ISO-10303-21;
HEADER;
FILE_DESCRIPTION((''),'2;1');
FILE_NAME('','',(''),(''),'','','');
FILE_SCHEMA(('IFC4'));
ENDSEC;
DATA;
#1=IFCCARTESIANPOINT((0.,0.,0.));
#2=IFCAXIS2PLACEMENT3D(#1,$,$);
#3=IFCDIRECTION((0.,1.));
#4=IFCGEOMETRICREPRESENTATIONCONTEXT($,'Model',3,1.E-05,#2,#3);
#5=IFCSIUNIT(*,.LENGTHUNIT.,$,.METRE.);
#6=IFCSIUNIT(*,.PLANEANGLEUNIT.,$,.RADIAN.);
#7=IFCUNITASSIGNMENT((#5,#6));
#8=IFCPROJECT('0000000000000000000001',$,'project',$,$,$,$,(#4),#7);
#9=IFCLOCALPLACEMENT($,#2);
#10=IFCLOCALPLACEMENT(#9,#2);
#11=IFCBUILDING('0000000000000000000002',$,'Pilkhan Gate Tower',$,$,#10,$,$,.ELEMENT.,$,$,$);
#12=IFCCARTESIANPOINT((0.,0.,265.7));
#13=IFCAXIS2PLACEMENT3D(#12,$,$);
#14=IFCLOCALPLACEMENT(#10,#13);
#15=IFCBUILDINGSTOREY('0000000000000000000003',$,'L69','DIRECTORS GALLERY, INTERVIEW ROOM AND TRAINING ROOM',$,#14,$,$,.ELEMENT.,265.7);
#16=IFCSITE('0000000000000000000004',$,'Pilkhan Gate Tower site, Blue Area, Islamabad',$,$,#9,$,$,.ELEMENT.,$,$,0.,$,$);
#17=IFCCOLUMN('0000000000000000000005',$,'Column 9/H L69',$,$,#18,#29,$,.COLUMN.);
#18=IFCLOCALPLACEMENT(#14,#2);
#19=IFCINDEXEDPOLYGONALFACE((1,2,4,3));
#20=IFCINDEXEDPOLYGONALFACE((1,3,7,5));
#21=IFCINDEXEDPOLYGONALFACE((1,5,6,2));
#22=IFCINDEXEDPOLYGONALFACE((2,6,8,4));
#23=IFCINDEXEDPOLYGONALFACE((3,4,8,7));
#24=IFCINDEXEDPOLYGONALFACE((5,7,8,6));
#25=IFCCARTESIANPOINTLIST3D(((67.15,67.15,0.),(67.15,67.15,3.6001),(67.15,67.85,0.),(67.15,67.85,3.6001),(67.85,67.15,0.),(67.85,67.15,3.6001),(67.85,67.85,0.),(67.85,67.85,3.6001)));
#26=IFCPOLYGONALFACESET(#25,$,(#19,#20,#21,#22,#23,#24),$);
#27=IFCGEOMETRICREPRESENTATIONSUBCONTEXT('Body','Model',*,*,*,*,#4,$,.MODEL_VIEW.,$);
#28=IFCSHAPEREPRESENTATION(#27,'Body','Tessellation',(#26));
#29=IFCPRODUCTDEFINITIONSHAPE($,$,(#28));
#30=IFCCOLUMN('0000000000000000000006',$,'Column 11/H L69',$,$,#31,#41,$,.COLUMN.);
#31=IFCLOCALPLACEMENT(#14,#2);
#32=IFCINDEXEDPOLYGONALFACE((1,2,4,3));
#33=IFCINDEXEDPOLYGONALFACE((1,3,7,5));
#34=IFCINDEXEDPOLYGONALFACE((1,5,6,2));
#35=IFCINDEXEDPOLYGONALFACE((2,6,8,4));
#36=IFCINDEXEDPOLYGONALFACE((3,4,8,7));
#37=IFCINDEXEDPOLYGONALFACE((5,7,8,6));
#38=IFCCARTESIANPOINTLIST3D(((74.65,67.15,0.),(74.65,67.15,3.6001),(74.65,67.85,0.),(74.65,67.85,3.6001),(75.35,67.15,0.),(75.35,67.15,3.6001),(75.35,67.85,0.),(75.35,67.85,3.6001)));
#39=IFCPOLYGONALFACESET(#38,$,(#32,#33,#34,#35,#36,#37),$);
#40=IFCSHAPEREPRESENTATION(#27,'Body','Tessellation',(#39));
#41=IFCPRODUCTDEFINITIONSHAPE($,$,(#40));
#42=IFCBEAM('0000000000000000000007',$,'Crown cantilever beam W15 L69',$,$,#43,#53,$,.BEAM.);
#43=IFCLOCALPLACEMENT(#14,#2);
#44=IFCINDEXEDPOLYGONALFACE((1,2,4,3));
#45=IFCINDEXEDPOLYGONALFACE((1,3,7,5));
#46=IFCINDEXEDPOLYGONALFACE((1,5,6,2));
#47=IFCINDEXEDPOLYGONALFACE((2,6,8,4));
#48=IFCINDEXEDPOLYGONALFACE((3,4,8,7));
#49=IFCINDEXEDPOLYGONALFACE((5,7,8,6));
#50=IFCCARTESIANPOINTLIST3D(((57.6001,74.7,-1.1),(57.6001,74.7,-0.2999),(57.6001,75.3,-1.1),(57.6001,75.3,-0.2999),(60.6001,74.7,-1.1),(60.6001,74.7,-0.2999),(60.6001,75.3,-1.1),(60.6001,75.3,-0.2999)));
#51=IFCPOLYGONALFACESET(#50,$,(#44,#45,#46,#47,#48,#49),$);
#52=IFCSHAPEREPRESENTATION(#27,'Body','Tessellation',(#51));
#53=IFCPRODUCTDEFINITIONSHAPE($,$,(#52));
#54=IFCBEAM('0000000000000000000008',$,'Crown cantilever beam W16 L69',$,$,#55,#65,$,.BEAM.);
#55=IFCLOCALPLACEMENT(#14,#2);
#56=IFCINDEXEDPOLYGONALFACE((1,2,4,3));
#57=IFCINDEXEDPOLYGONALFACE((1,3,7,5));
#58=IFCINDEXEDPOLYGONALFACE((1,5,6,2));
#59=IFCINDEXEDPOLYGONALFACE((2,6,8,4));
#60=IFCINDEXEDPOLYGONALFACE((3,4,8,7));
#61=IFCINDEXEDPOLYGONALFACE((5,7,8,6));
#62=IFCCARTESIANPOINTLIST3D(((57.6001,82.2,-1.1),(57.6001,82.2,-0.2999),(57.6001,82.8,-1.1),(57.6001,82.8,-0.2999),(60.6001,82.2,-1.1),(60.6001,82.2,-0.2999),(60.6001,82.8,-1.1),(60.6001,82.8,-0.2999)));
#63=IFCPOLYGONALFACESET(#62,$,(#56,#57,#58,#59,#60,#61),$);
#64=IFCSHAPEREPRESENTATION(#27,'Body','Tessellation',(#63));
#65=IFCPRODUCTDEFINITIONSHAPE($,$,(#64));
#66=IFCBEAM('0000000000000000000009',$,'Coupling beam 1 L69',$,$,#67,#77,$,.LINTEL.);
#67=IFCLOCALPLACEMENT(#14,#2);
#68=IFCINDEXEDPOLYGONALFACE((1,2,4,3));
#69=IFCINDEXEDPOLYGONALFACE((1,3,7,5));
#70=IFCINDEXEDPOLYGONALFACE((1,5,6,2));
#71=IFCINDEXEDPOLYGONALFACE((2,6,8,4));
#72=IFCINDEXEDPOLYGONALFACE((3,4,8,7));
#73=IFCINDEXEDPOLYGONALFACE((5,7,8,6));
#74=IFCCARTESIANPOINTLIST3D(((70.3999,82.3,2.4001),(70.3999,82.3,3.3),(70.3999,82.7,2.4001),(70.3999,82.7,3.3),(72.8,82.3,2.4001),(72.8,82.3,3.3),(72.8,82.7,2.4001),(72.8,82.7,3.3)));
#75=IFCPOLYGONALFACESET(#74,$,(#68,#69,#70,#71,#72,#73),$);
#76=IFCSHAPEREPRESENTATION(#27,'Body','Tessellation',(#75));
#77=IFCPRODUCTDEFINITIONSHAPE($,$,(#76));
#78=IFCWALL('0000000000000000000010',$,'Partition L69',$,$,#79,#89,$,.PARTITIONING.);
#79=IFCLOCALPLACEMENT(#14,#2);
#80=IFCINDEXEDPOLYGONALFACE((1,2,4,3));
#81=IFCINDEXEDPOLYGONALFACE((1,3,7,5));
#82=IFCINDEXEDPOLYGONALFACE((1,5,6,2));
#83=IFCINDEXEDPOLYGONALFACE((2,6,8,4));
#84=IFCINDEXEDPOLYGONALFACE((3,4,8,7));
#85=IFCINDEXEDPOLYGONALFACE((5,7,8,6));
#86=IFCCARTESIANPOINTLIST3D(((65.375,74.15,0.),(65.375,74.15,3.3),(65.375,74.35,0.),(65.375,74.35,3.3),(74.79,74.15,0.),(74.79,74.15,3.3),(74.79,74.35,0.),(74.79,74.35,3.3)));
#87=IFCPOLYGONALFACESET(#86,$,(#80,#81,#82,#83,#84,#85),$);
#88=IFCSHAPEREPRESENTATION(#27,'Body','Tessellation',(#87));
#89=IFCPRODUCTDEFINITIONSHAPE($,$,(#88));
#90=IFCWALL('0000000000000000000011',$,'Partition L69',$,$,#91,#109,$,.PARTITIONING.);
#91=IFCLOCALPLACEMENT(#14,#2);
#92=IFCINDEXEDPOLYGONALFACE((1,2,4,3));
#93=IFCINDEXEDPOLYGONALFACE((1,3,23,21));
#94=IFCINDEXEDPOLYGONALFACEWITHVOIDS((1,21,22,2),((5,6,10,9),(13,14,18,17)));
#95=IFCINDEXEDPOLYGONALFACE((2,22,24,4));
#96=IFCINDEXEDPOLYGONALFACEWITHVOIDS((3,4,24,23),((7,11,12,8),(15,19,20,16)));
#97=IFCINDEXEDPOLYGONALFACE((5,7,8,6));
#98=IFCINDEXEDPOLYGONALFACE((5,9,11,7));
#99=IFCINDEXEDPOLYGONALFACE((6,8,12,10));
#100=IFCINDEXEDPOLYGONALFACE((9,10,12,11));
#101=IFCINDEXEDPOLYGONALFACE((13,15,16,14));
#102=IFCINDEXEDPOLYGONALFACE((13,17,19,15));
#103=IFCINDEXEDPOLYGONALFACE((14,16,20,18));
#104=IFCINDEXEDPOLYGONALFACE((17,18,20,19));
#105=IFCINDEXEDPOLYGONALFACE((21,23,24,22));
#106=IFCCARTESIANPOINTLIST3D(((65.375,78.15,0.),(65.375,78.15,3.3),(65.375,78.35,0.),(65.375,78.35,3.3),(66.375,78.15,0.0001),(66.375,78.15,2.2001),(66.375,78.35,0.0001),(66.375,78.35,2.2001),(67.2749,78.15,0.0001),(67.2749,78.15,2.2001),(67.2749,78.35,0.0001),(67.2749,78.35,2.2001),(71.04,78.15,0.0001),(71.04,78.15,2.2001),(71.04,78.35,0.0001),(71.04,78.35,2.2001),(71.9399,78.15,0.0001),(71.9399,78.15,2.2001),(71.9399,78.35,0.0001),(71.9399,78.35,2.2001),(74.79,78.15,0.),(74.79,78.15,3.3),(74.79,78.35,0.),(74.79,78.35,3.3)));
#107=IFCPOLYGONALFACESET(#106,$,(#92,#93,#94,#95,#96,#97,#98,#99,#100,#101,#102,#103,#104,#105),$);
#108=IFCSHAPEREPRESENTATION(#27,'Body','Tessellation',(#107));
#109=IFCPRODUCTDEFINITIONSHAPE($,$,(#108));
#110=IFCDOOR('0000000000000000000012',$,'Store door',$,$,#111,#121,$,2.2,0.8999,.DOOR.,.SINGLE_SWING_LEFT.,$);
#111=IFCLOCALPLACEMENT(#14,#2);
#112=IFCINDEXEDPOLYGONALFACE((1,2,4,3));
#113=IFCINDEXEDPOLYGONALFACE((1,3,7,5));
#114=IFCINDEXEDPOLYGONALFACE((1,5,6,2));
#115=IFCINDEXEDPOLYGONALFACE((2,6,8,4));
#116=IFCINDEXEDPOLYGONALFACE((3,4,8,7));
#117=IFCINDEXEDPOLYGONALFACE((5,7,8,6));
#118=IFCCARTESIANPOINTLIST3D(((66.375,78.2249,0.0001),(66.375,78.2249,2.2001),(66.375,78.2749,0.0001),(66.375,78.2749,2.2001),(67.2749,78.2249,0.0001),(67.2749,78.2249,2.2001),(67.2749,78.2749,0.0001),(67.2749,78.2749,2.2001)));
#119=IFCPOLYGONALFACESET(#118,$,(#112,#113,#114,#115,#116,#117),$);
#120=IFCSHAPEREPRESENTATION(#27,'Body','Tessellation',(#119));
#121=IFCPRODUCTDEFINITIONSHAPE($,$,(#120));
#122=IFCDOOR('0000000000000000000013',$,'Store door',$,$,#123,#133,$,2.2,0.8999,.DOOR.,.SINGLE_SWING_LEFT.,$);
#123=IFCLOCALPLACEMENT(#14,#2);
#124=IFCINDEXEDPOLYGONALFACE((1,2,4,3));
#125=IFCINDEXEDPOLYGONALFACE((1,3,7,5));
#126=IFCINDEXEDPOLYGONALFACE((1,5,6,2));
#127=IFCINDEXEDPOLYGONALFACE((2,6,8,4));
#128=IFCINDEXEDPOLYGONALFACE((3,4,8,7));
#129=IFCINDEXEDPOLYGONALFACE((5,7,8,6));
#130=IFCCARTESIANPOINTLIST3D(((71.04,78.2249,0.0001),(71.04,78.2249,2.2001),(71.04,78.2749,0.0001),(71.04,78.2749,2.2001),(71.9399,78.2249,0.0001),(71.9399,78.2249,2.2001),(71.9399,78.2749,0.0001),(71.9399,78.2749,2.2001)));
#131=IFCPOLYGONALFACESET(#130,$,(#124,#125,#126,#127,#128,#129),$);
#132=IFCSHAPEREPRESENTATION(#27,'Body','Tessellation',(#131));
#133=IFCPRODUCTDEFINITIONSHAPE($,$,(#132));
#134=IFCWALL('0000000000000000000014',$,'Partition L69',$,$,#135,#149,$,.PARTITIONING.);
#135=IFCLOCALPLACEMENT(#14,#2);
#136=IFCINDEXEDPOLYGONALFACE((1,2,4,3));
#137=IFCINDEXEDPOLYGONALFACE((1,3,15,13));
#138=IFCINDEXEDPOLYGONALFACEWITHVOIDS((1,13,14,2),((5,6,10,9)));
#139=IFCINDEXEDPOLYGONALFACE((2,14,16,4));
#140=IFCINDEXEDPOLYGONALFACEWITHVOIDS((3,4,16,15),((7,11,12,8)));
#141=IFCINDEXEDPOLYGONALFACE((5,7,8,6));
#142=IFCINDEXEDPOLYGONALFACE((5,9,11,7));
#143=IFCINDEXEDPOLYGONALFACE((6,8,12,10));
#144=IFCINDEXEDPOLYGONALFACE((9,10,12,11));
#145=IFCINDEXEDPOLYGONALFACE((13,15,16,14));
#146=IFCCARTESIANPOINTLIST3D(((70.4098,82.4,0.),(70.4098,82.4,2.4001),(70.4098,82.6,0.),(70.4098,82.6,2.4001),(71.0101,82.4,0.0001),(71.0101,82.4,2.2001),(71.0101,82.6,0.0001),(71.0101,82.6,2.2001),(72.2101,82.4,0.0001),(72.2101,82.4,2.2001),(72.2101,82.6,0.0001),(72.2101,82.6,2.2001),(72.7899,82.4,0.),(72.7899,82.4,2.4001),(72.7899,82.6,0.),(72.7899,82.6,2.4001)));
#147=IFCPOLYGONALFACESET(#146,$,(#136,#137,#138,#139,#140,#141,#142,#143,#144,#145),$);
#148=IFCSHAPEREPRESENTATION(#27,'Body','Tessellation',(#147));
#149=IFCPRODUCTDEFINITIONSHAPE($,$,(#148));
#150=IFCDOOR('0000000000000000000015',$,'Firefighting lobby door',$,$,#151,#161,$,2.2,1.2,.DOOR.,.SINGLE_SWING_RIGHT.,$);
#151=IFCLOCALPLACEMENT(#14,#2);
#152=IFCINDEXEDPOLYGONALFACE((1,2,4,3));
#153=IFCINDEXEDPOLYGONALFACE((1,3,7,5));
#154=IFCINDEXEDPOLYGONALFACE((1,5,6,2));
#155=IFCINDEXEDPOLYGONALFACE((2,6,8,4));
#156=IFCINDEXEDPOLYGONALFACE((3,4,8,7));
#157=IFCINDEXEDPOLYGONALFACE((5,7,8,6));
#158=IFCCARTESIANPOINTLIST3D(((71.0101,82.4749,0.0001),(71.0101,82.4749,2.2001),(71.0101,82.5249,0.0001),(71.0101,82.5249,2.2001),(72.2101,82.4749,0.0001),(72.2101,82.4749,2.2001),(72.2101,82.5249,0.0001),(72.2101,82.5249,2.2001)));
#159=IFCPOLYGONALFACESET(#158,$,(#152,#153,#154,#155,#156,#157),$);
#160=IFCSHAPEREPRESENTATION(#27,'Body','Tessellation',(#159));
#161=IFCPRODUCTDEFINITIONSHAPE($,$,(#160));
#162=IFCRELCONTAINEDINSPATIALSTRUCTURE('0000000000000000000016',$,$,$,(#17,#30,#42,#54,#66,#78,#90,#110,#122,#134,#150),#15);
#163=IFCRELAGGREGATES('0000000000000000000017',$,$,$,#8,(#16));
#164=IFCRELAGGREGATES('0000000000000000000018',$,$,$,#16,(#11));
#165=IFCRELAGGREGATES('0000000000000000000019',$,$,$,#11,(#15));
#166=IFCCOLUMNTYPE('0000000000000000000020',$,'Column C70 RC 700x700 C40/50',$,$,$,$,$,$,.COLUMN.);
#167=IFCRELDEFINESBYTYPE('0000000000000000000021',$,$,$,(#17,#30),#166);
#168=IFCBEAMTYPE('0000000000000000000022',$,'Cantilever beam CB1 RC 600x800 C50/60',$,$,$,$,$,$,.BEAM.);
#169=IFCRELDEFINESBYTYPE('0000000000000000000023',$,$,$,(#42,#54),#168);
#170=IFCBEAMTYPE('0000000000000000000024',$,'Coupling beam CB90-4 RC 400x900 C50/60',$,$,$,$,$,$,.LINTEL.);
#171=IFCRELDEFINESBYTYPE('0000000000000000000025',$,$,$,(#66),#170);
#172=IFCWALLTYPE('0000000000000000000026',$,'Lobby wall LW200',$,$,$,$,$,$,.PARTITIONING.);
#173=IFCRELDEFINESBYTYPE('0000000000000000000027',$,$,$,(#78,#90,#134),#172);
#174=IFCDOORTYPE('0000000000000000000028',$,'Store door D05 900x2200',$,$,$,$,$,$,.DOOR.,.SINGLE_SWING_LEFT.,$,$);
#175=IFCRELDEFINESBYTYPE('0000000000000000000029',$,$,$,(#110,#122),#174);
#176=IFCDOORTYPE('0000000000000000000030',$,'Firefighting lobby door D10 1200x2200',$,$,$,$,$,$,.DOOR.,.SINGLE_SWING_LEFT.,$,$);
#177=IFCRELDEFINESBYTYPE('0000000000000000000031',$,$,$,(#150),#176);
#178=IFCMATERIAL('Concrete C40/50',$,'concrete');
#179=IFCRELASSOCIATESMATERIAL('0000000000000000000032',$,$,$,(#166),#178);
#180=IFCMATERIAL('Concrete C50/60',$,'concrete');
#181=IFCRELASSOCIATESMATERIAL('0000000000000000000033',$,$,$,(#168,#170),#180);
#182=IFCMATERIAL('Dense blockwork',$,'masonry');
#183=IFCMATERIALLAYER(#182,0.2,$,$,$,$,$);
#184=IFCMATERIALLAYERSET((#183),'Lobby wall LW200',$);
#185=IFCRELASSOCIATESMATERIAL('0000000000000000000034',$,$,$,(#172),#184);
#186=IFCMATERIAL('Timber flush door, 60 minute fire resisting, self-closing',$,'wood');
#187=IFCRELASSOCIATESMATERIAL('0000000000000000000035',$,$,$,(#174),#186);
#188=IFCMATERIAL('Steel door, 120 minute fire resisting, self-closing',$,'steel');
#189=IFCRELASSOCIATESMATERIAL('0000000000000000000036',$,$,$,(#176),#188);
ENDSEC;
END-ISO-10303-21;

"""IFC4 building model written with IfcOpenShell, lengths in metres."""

from ifc_helpers import new_model, si_unit, direction, frame, frame_2d, origin, origin_2d, place, context, subcontext, project, spatial, rectangle, extrude, material, layer, layer_set, material_profile, profile_set, type_object, element, fill, save


model = new_model("IFC4")

# Units and contexts
model_context = context("Model", 3, precision=1e-05, world=origin(), true_north=direction((0.0, 1.0)))
body_context = subcontext(model_context, "Body", "Model", "MODEL_VIEW")
ifc_project = project(units=[si_unit("LENGTHUNIT", "METRE"), si_unit("PLANEANGLEUNIT", "RADIAN")], contexts=[model_context])

# Site, building, storey
site_placement = place(None, origin())
site = spatial("IfcSite", under=ifc_project, at=site_placement, Name="Pilkhan Gate Tower site, Blue Area, Islamabad", CompositionType="ELEMENT", RefElevation=0.0)
building_placement = place(site_placement, origin())
building = spatial("IfcBuilding", under=site, at=building_placement, Name="Pilkhan Gate Tower", CompositionType="ELEMENT")
storey_placement = place(building_placement, frame((0.0, 0.0, 265.7)))
storey = spatial("IfcBuildingStorey", under=building, at=storey_placement, Name="L69", Description="DIRECTORS GALLERY, INTERVIEW ROOM AND TRAINING ROOM", CompositionType="ELEMENT", Elevation=265.7)

# Columns
ifc_material_1 = material(Name="Concrete C40/50", Category="concrete")
ifc_material_profile_1 = material_profile(ifc_material_1, rectangle(XDim=0.7, YDim=0.7, at=origin_2d()), Name="RC 700x700")
ifc_profile_set_1 = profile_set([ifc_material_profile_1], Name="Concrete C40/50")
column_type = type_object("IfcColumnType", Name="Column C70 RC 700x700 C40/50", PredefinedType="COLUMN", material=ifc_profile_set_1)
for number, where, z_axis, x_axis, name in (
    (1, (67.5, 67.5, 0.0), (0.0, 0.0, 1.0), (1.0, 0.0, 0.0), "Column 9/H L69"),
    (2, (75.0, 67.5, 0.0), (0.0, 0.0, 1.0), (1.0, 0.0, 0.0), "Column 11/H L69"),
):
    element("IfcColumn", number, at=place(storey_placement, frame(where, z_axis=z_axis, x_axis=x_axis)), inside=storey, type_object=column_type, Name=name, PredefinedType="COLUMN", context=body_context, shape_type="SweptSolid", body=[
        extrude(rectangle(XDim=0.7, YDim=0.7, at=origin_2d()), origin(), (0.0, 0.0, 1.0), 3.6001),
    ])

# Beams
ifc_material_2 = material(Name="Concrete C50/60", Category="concrete")
ifc_material_profile_2 = material_profile(ifc_material_2, rectangle(XDim=0.6001, YDim=0.8, at=origin_2d()), Name="RC 600x800")
ifc_profile_set_2 = profile_set([ifc_material_profile_2], Name="Concrete C50/60")
beam_type_1 = type_object("IfcBeamType", Name="Cantilever beam CB1 RC 600x800 C50/60", PredefinedType="BEAM", material=ifc_profile_set_2)
for number, where, z_axis, x_axis, name in (
    (3, (60.6001, 75.0, -0.7), (-1.0, 0.0, 0.0), (0.0, -1.0, 0.0), "Crown cantilever beam W15 L69"),
    (4, (60.6001, 82.5, -0.7), (-1.0, 0.0, 0.0), (0.0, -1.0, 0.0), "Crown cantilever beam W16 L69"),
):
    element("IfcBeam", number, at=place(storey_placement, frame(where, z_axis=z_axis, x_axis=x_axis)), inside=storey, type_object=beam_type_1, Name=name, PredefinedType="BEAM", context=body_context, shape_type="SweptSolid", body=[
        extrude(rectangle(XDim=0.6001, YDim=0.8, at=origin_2d()), origin(), (0.0, 0.0, 1.0), 3.0),
    ])
ifc_material_profile_3 = material_profile(ifc_material_2, rectangle(XDim=0.3999, YDim=0.8999, at=origin_2d()), Name="RC 400x900")
ifc_profile_set_3 = profile_set([ifc_material_profile_3], Name="Concrete C50/60")
beam_type_2 = type_object("IfcBeamType", Name="Coupling beam CB90-4 RC 400x900 C50/60", PredefinedType="LINTEL", material=ifc_profile_set_3)
beam_placement = place(storey_placement, frame((70.3999, 82.5, 2.8501), z_axis=(1.0, 0.0, 0.0), x_axis=(0.0, 1.0, 0.0)))
element("IfcBeam", 5, at=beam_placement, inside=storey, type_object=beam_type_2, Name="Coupling beam 1 L69", PredefinedType="LINTEL", context=body_context, shape_type="SweptSolid", body=[
    extrude(rectangle(XDim=0.3999, YDim=0.8999, at=origin_2d()), origin(), (0.0, 0.0, 1.0), 2.4001),
])

# Wall
ifc_material_3 = material(Name="Dense blockwork", Category="masonry")
ifc_layer_1 = layer(ifc_material_3, 0.2)
ifc_layer_set_1 = layer_set([ifc_layer_1], Name="Lobby wall LW200")
wall_type_1 = type_object("IfcWallType", Name="Lobby wall LW200", PredefinedType="PARTITIONING", material=ifc_layer_set_1)
wall_1_placement = place(storey_placement, frame((65.375, 74.25, 0.0), z_axis=(0.0, 0.0, 1.0), x_axis=(1.0, 0.0, 0.0)))
element("IfcWall", 6, at=wall_1_placement, inside=storey, type_object=wall_type_1, Name="Partition L69", PredefinedType="PARTITIONING", context=body_context, shape_type="SweptSolid", body=[
    extrude(rectangle(XDim=9.415, YDim=0.2, at=frame_2d((4.7075, 0.0))), origin(), (0.0, 0.0, 1.0), 3.3),
])

# Wall, openings, doors
wall_2_placement = place(storey_placement, frame((65.375, 78.25, 0.0), z_axis=(0.0, 0.0, 1.0), x_axis=(1.0, 0.0, 0.0)))
wall_2 = element("IfcWall", 7, at=wall_2_placement, inside=storey, type_object=wall_type_1, Name="Partition L69", PredefinedType="PARTITIONING", context=body_context, shape_type="SweptSolid", body=[
    extrude(rectangle(XDim=9.415, YDim=0.2, at=frame_2d((4.7075, 0.0))), origin(), (0.0, 0.0, 1.0), 3.3),
])
opening_1_placement = place(wall_2_placement, frame((1.0, 0.0, 0.0)))
opening_1 = element("IfcOpeningElement", 8, at=opening_1_placement, cuts=wall_2, PredefinedType="OPENING", context=body_context, shape_type="SweptSolid", body=[
    extrude(rectangle(XDim=0.8999, YDim=2.2, at=frame_2d((0.45, 1.1001))), frame((0.0, 0.1099, 0.0), z_axis=(0.0, -1.0, 0.0), x_axis=(1.0, 0.0, 0.0)), (0.0, 0.0, 1.0), 0.22),
])
opening_2_placement = place(wall_2_placement, frame((5.665, 0.0, 0.0)))
opening_2 = element("IfcOpeningElement", 9, at=opening_2_placement, cuts=wall_2, PredefinedType="OPENING", context=body_context, shape_type="SweptSolid", body=[
    extrude(rectangle(XDim=0.8999, YDim=2.2, at=frame_2d((0.45, 1.1001))), frame((0.0, 0.1099, 0.0), z_axis=(0.0, -1.0, 0.0), x_axis=(1.0, 0.0, 0.0)), (0.0, 0.0, 1.0), 0.22),
])
ifc_material_4 = material(Name="Timber flush door, 60 minute fire resisting, self-closing", Category="wood")
door_type_1 = type_object("IfcDoorType", Name="Store door D05 900x2200", OperationType="SINGLE_SWING_LEFT", PredefinedType="DOOR", material=ifc_material_4)
door_1_placement = place(opening_1_placement, origin())
door_1 = element("IfcDoor", 10, at=door_1_placement, inside=storey, type_object=door_type_1, Name="Store door", OperationType="SINGLE_SWING_LEFT", OverallHeight=2.2, OverallWidth=0.8999, PredefinedType="DOOR", context=body_context, shape_type="SweptSolid", body=[
    extrude(rectangle(XDim=0.8999, YDim=2.2, at=frame_2d((0.45, 1.1001))), frame((0.0, 0.0249, 0.0), z_axis=(0.0, -1.0, 0.0), x_axis=(1.0, 0.0, 0.0)), (0.0, 0.0, 1.0), 0.05),
])
fill(opening_1, door_1)
door_2_placement = place(opening_2_placement, origin())
door_2 = element("IfcDoor", 11, at=door_2_placement, inside=storey, type_object=door_type_1, Name="Store door", OperationType="SINGLE_SWING_LEFT", OverallHeight=2.2, OverallWidth=0.8999, PredefinedType="DOOR", context=body_context, shape_type="SweptSolid", body=[
    extrude(rectangle(XDim=0.8999, YDim=2.2, at=frame_2d((0.45, 1.1001))), frame((0.0, 0.0249, 0.0), z_axis=(0.0, -1.0, 0.0), x_axis=(1.0, 0.0, 0.0)), (0.0, 0.0, 1.0), 0.05),
])
fill(opening_2, door_2)

# Wall, opening, door
wall_3_placement = place(storey_placement, frame((70.4099, 82.5, 0.0), z_axis=(0.0, 0.0, 1.0), x_axis=(1.0, 0.0, 0.0)))
wall_3 = element("IfcWall", 12, at=wall_3_placement, inside=storey, type_object=wall_type_1, Name="Partition L69", PredefinedType="PARTITIONING", context=body_context, shape_type="SweptSolid", body=[
    extrude(rectangle(XDim=2.3801, YDim=0.2, at=frame_2d((1.1899, 0.0))), origin(), (0.0, 0.0, 1.0), 2.4001),
])
opening_3_placement = place(wall_3_placement, frame((0.6001, 0.0, 0.0)))
opening_3 = element("IfcOpeningElement", 13, at=opening_3_placement, cuts=wall_3, PredefinedType="OPENING", context=body_context, shape_type="SweptSolid", body=[
    extrude(rectangle(XDim=1.2, YDim=2.2, at=frame_2d((0.6001, 1.1001))), frame((0.0, 0.1099, 0.0), z_axis=(0.0, -1.0, 0.0), x_axis=(1.0, 0.0, 0.0)), (0.0, 0.0, 1.0), 0.22),
])
ifc_material_5 = material(Name="Steel door, 120 minute fire resisting, self-closing", Category="steel")
door_type_2 = type_object("IfcDoorType", Name="Firefighting lobby door D10 1200x2200", OperationType="SINGLE_SWING_LEFT", PredefinedType="DOOR", material=ifc_material_5)
door_3_placement = place(opening_3_placement, origin())
door_3 = element("IfcDoor", 14, at=door_3_placement, inside=storey, type_object=door_type_2, Name="Firefighting lobby door", OperationType="SINGLE_SWING_RIGHT", OverallHeight=2.2, OverallWidth=1.2, PredefinedType="DOOR", context=body_context, shape_type="SweptSolid", body=[
    extrude(rectangle(XDim=1.2, YDim=2.2, at=frame_2d((0.6001, 1.1001))), frame((0.0, 0.0249, 0.0), z_axis=(0.0, -1.0, 0.0), x_axis=(1.0, 0.0, 0.0)), (0.0, 0.0, 1.0), 0.05),
])
fill(opening_3, door_3)

save(model, "model.ifc")
